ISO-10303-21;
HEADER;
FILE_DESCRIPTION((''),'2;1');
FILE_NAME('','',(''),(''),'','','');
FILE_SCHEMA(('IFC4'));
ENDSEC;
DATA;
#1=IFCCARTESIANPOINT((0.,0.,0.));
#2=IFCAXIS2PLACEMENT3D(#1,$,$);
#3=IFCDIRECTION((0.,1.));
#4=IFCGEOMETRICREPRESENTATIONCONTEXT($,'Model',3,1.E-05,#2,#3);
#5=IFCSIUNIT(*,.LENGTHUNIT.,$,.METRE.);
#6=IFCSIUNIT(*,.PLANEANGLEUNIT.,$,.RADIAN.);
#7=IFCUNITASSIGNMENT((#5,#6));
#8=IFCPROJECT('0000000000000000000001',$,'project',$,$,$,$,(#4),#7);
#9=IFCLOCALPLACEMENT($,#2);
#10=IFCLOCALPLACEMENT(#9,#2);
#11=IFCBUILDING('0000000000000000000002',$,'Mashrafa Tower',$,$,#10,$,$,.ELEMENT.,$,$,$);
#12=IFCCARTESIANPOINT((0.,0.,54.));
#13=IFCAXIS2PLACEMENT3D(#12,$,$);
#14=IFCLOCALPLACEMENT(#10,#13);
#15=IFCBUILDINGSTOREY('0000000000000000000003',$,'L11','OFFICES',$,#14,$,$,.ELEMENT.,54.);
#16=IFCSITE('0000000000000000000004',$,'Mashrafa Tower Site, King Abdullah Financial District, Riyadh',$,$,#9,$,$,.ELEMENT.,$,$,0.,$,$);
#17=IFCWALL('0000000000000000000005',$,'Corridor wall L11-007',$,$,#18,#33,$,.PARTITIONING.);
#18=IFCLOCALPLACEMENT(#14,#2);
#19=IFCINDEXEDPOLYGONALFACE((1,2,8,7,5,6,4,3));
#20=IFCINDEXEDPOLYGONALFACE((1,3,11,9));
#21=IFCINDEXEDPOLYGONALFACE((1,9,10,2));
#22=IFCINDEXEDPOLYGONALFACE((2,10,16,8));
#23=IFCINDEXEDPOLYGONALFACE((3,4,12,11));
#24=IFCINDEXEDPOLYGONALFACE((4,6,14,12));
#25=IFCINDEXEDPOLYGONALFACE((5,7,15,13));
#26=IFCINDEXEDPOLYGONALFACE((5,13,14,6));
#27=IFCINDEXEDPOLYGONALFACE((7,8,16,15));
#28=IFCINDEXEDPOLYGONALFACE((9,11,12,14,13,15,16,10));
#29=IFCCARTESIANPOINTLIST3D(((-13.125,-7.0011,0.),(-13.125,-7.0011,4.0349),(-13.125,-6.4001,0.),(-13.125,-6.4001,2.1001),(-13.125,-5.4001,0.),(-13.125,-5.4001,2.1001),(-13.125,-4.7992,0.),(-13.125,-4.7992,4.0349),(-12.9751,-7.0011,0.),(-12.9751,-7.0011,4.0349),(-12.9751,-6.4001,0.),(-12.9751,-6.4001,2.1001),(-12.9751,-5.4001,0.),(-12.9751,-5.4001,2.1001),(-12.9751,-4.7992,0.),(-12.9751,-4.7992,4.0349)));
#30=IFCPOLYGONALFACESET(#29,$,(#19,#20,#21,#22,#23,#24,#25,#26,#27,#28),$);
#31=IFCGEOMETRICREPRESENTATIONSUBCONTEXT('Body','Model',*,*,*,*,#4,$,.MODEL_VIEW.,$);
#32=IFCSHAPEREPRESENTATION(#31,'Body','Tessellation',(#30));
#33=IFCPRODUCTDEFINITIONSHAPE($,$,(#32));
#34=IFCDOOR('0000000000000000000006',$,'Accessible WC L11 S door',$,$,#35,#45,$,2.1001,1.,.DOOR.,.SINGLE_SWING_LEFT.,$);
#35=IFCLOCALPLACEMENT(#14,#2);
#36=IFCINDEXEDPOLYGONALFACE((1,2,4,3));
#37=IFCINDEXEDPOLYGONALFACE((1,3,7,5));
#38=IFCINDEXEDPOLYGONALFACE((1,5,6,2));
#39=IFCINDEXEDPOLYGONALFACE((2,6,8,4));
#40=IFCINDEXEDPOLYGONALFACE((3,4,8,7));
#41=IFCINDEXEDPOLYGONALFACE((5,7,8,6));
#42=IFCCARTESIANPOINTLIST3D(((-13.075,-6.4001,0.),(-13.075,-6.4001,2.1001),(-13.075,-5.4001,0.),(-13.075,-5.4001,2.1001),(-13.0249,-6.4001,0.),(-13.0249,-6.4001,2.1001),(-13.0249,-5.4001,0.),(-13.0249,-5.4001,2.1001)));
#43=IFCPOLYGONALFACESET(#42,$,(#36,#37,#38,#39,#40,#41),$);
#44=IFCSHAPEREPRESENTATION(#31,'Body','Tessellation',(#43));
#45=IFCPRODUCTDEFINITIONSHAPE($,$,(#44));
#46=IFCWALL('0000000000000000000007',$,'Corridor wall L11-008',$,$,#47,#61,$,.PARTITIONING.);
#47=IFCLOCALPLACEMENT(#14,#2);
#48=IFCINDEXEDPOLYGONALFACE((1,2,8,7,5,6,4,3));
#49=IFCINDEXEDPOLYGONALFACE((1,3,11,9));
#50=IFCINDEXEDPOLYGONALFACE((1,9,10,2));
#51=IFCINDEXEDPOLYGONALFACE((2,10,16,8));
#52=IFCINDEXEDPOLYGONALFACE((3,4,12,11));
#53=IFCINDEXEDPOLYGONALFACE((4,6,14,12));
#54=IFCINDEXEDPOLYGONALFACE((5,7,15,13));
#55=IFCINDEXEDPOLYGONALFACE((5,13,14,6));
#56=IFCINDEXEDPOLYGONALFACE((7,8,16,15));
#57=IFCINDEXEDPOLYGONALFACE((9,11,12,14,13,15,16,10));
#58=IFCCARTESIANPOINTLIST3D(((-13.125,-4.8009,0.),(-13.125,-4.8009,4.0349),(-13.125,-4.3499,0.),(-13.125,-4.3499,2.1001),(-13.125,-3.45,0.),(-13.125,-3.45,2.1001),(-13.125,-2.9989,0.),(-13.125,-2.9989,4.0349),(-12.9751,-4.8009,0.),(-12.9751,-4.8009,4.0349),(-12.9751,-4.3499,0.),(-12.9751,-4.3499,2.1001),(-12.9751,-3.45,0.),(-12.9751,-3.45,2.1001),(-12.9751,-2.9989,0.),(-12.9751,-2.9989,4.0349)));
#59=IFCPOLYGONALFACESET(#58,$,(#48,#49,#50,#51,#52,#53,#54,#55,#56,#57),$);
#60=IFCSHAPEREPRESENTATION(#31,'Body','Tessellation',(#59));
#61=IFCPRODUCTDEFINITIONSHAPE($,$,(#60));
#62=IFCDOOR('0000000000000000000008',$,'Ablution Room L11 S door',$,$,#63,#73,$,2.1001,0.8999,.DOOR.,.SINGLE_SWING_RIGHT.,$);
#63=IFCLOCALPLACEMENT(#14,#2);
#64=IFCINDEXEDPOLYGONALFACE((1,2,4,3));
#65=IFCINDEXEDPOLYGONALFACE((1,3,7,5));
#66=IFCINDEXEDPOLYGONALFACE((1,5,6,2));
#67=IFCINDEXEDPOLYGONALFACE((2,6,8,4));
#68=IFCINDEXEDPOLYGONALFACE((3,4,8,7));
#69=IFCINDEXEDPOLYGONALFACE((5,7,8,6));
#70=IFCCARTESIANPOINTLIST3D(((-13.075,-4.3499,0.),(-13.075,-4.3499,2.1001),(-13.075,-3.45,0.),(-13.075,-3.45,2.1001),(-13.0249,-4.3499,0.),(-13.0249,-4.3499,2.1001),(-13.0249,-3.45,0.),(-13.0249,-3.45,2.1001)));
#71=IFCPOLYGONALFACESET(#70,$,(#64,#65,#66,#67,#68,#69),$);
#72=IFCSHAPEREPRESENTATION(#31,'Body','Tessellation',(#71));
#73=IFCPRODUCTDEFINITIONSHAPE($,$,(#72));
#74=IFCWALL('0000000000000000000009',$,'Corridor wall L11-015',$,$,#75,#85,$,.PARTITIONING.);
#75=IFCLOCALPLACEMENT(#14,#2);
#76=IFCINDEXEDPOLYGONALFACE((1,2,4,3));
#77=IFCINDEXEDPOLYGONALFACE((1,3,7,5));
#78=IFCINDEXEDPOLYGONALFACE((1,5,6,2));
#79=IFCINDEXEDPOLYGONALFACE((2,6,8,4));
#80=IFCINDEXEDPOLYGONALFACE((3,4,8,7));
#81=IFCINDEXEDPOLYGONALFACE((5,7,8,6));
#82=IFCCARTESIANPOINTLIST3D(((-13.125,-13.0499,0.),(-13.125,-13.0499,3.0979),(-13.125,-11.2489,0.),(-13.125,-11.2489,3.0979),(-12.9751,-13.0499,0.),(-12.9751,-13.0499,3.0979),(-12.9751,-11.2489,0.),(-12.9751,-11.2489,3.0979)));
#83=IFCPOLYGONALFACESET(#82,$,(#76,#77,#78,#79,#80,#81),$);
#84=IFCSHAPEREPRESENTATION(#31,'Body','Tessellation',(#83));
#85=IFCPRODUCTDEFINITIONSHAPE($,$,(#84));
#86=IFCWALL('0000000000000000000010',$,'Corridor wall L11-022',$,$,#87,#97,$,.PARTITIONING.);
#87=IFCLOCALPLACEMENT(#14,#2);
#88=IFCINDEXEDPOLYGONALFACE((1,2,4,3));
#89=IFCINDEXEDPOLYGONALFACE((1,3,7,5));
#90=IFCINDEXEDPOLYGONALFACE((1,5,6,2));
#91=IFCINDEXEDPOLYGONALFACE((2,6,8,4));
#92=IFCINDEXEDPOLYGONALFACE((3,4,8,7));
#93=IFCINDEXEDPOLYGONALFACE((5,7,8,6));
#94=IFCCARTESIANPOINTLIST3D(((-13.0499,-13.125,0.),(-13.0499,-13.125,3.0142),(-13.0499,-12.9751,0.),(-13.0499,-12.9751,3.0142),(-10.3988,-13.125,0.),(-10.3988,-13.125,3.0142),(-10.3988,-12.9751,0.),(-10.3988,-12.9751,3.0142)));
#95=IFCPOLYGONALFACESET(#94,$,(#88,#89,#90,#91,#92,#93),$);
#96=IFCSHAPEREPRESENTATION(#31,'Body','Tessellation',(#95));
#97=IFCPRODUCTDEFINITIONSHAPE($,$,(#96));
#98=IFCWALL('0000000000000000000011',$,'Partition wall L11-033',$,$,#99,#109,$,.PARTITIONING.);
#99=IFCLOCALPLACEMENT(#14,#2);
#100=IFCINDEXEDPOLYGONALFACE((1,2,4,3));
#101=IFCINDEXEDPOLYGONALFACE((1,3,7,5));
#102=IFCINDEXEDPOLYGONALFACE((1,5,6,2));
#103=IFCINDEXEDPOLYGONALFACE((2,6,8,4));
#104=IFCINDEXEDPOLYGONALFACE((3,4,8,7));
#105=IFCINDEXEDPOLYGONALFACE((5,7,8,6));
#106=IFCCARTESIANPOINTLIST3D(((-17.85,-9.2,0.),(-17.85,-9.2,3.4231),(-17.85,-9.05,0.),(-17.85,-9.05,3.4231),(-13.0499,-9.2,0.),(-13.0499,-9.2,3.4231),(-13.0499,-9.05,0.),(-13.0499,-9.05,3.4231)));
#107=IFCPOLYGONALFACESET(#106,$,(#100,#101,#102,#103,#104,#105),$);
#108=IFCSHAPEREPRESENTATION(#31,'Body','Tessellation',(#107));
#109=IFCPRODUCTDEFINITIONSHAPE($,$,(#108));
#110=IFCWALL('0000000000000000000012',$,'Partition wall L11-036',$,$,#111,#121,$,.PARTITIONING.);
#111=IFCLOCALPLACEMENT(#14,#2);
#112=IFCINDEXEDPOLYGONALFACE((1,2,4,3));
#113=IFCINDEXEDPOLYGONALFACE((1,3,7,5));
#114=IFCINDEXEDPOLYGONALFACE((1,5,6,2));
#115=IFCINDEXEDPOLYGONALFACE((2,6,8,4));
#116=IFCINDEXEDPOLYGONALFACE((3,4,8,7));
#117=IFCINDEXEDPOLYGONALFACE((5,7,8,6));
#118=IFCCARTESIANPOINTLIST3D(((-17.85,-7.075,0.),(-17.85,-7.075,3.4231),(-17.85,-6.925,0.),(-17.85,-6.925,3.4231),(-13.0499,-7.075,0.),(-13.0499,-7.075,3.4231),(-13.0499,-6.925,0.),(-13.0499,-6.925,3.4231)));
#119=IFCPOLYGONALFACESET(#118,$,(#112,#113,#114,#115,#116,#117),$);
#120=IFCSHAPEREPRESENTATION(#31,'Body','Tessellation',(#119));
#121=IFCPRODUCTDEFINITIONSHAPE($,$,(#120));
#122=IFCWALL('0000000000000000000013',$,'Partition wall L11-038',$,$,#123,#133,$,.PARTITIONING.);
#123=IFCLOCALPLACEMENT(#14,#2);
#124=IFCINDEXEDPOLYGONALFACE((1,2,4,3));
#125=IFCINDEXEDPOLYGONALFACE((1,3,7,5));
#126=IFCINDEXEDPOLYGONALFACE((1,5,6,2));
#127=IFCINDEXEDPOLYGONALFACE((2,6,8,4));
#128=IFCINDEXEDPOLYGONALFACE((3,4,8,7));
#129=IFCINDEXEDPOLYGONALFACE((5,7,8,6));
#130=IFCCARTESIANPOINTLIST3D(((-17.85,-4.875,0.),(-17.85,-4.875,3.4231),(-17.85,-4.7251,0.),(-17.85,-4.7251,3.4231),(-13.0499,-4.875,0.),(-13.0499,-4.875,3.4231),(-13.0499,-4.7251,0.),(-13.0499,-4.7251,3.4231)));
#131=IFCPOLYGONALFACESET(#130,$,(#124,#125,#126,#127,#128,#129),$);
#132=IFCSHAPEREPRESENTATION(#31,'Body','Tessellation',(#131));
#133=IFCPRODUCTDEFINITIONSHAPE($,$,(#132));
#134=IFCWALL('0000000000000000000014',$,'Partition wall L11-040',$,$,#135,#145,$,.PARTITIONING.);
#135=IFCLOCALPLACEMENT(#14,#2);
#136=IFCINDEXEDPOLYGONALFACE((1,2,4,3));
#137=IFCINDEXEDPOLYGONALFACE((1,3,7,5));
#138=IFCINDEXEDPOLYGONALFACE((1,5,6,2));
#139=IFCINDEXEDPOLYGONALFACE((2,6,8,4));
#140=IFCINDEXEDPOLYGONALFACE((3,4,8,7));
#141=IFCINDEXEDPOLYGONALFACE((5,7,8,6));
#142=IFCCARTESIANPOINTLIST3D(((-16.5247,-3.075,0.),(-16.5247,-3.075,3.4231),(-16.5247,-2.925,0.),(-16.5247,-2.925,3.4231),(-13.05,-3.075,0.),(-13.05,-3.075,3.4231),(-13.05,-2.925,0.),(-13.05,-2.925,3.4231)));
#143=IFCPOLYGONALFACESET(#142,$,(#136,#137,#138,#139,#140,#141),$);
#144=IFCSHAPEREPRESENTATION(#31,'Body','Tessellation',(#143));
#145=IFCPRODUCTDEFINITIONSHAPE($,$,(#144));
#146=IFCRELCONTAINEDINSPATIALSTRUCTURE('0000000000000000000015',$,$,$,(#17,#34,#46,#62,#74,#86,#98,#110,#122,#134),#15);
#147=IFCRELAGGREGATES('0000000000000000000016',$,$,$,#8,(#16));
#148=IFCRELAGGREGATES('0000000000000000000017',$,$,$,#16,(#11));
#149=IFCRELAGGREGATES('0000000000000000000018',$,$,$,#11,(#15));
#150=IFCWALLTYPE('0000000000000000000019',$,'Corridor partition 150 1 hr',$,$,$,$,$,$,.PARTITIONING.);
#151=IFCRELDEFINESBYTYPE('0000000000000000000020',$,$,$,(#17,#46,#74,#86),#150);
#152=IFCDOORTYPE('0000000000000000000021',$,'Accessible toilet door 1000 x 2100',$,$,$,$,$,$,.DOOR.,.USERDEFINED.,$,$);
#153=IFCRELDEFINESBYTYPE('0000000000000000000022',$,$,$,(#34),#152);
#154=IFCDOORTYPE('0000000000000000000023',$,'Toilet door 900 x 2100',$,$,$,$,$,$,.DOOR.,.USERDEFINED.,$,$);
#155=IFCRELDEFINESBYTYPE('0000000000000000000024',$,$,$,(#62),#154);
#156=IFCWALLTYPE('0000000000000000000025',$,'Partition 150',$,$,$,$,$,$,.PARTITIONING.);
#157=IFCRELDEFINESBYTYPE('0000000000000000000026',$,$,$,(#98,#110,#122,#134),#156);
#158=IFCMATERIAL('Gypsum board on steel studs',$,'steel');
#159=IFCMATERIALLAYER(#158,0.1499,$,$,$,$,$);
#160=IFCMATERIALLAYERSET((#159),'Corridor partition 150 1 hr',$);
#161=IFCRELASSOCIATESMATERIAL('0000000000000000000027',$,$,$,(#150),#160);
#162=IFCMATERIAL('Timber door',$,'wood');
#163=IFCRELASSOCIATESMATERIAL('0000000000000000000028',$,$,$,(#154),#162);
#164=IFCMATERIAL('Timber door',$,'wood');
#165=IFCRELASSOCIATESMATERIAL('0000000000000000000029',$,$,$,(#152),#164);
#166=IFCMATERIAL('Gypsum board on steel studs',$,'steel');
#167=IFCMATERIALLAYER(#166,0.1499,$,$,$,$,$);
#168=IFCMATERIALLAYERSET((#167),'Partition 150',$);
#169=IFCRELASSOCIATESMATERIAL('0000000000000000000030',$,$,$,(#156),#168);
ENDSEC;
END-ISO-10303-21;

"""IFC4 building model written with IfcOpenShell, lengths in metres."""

from ifc_helpers import new_model, si_unit, direction, frame, frame_2d, origin, place, context, subcontext, project, spatial, rectangle, extrude, material, layer, layer_set, type_object, element, fill, save


model = new_model("IFC4")

# Units and contexts
model_context = context("Model", 3, precision=1e-05, world=origin(), true_north=direction((0.0, 1.0)))
body_context = subcontext(model_context, "Body", "Model", "MODEL_VIEW")
ifc_project = project(units=[si_unit("LENGTHUNIT", "METRE"), si_unit("PLANEANGLEUNIT", "RADIAN")], contexts=[model_context])

# Site, building, storey
site_placement = place(None, origin())
site = spatial("IfcSite", under=ifc_project, at=site_placement, Name="Mashrafa Tower Site, King Abdullah Financial District, Riyadh", CompositionType="ELEMENT", RefElevation=0.0)
building_placement = place(site_placement, origin())
building = spatial("IfcBuilding", under=site, at=building_placement, Name="Mashrafa Tower", CompositionType="ELEMENT")
storey_placement = place(building_placement, frame((0.0, 0.0, 54.0)))
storey = spatial("IfcBuildingStorey", under=building, at=storey_placement, Name="L11", Description="OFFICES", CompositionType="ELEMENT", Elevation=54.0)

# Walls, openings, doors
ifc_material_1 = material(Name="Gypsum board on steel studs", Category="steel")
ifc_layer_1 = layer(ifc_material_1, 0.1499)
ifc_layer_set_1 = layer_set([ifc_layer_1], Name="Corridor partition 150 1 hr")
wall_type_1 = type_object("IfcWallType", Name="Corridor partition 150 1 hr", PredefinedType="PARTITIONING", material=ifc_layer_set_1)
ifc_material_2 = material(Name="Timber door", Category="wood")
door_type_1 = type_object("IfcDoorType", Name="Toilet door 900 x 2100", OperationType="USERDEFINED", PredefinedType="DOOR", material=ifc_material_2)
wall_1_placement = place(storey_placement, frame((-13.05, -4.7991, 0.0), z_axis=(0.0, 0.0, 1.0), x_axis=(0.0, -1.0, 0.0)))
wall_1 = element("IfcWall", 1, at=wall_1_placement, inside=storey, type_object=wall_type_1, Name="Corridor wall L11-007", PredefinedType="PARTITIONING", context=body_context, shape_type="SweptSolid", body=[
    extrude(rectangle(XDim=2.2019, YDim=0.1499, at=frame_2d((1.1011, 0.0))), origin(), (0.0, 0.0, 1.0), 4.0349),
])
opening_1_placement = place(wall_1_placement, frame((0.6011, 0.0, 0.0)))
opening_1 = element("IfcOpeningElement", 2, at=opening_1_placement, cuts=wall_1, PredefinedType="OPENING", context=body_context, shape_type="SweptSolid", body=[
    extrude(rectangle(XDim=1.0, YDim=2.1001, at=frame_2d((0.5, 1.05))), frame((0.0, 0.085, 0.0), z_axis=(0.0, -1.0, 0.0), x_axis=(1.0, 0.0, 0.0)), (0.0, 0.0, 1.0), 0.1699),
])
ifc_material_3 = material(Name="Timber door", Category="wood")
door_type_2 = type_object("IfcDoorType", Name="Accessible toilet door 1000 x 2100", OperationType="USERDEFINED", PredefinedType="DOOR", material=ifc_material_3)
door_1_placement = place(opening_1_placement, frame((1.0, 0.0, 0.0), z_axis=(0.0, 0.0, 1.0), x_axis=(-1.0, 0.0, 0.0)))
door_1 = element("IfcDoor", 3, at=door_1_placement, inside=storey, type_object=door_type_2, Name="Accessible WC L11 S door", OperationType="SINGLE_SWING_LEFT", OverallHeight=2.1001, OverallWidth=1.0, PredefinedType="DOOR", context=body_context, shape_type="SweptSolid", body=[
    extrude(rectangle(XDim=1.0, YDim=2.1001, at=frame_2d((0.5, 1.05))), frame((0.0, 0.0249, 0.0), z_axis=(0.0, -1.0, 0.0), x_axis=(1.0, 0.0, 0.0)), (0.0, 0.0, 1.0), 0.05),
])
fill(opening_1, door_1)
wall_2_placement = place(storey_placement, frame((-13.05, -2.999, 0.0), z_axis=(0.0, 0.0, 1.0), x_axis=(0.0, -1.0, 0.0)))
wall_2 = element("IfcWall", 4, at=wall_2_placement, inside=storey, type_object=wall_type_1, Name="Corridor wall L11-008", PredefinedType="PARTITIONING", context=body_context, shape_type="SweptSolid", body=[
    extrude(rectangle(XDim=1.802, YDim=0.1499, at=frame_2d((0.9009, 0.0))), origin(), (0.0, 0.0, 1.0), 4.0349),
])
opening_2_placement = place(wall_2_placement, frame((0.4509, 0.0, 0.0)))
opening_2 = element("IfcOpeningElement", 5, at=opening_2_placement, cuts=wall_2, PredefinedType="OPENING", context=body_context, shape_type="SweptSolid", body=[
    extrude(rectangle(XDim=0.8999, YDim=2.1001, at=frame_2d((0.45, 1.05))), frame((0.0, 0.085, 0.0), z_axis=(0.0, -1.0, 0.0), x_axis=(1.0, 0.0, 0.0)), (0.0, 0.0, 1.0), 0.1699),
])
door_2_placement = place(opening_2_placement, frame((0.8999, 0.0, 0.0), z_axis=(0.0, 0.0, 1.0), x_axis=(-1.0, 0.0, 0.0)))
door_2 = element("IfcDoor", 6, at=door_2_placement, inside=storey, type_object=door_type_1, Name="Ablution Room L11 S door", OperationType="SINGLE_SWING_RIGHT", OverallHeight=2.1001, OverallWidth=0.8999, PredefinedType="DOOR", context=body_context, shape_type="SweptSolid", body=[
    extrude(rectangle(XDim=0.8999, YDim=2.1001, at=frame_2d((0.45, 1.05))), frame((0.0, 0.0249, 0.0), z_axis=(0.0, -1.0, 0.0), x_axis=(1.0, 0.0, 0.0)), (0.0, 0.0, 1.0), 0.05),
])
fill(opening_2, door_2)

# Walls
wall_3_placement = place(storey_placement, frame((-13.05, -11.249, 0.0), z_axis=(0.0, 0.0, 1.0), x_axis=(0.0, -1.0, 0.0)))
element("IfcWall", 7, at=wall_3_placement, inside=storey, type_object=wall_type_1, Name="Corridor wall L11-015", PredefinedType="PARTITIONING", context=body_context, shape_type="SweptSolid", body=[
    extrude(rectangle(XDim=1.801, YDim=0.1499, at=frame_2d((0.9004, 0.0))), origin(), (0.0, 0.0, 1.0), 3.0979),
])
wall_4_placement = place(storey_placement, frame((-13.05, -13.05, 0.0), z_axis=(0.0, 0.0, 1.0), x_axis=(1.0, 0.0, 0.0)))
element("IfcWall", 8, at=wall_4_placement, inside=storey, type_object=wall_type_1, Name="Corridor wall L11-022", PredefinedType="PARTITIONING", context=body_context, shape_type="SweptSolid", body=[
    extrude(rectangle(XDim=2.6511, YDim=0.1499, at=frame_2d((1.3257, 0.0))), origin(), (0.0, 0.0, 1.0), 3.0142),
])
ifc_material_4 = material(Name="Gypsum board on steel studs", Category="steel")
ifc_layer_2 = layer(ifc_material_4, 0.1499)
ifc_layer_set_2 = layer_set([ifc_layer_2], Name="Partition 150")
wall_type_2 = type_object("IfcWallType", Name="Partition 150", PredefinedType="PARTITIONING", material=ifc_layer_set_2)
for number, where, z_axis, x_axis, name in (
    (9, (-13.05, -9.125, 0.0), (0.0, 0.0, 1.0), (-1.0, 0.0, 0.0), "Partition wall L11-033"),
    (10, (-13.05, -7.0, 0.0), (0.0, 0.0, 1.0), (-1.0, 0.0, 0.0), "Partition wall L11-036"),
    (11, (-13.05, -4.8, 0.0), (0.0, 0.0, 1.0), (-1.0, 0.0, 0.0), "Partition wall L11-038"),
):
    element("IfcWall", number, at=place(storey_placement, frame(where, z_axis=z_axis, x_axis=x_axis)), inside=storey, type_object=wall_type_2, Name=name, PredefinedType="PARTITIONING", context=body_context, shape_type="SweptSolid", body=[
        extrude(rectangle(XDim=4.8, YDim=0.1499, at=frame_2d((2.3999, 0.0))), origin(), (0.0, 0.0, 1.0), 3.4231),
    ])
wall_5_placement = place(storey_placement, frame((-13.05, -3.0, 0.0), z_axis=(0.0, 0.0, 1.0), x_axis=(-1.0, 0.0, 0.0)))
element("IfcWall", 12, at=wall_5_placement, inside=storey, type_object=wall_type_2, Name="Partition wall L11-040", PredefinedType="PARTITIONING", context=body_context, shape_type="SweptSolid", body=[
    extrude(rectangle(XDim=3.4746, YDim=0.1499, at=frame_2d((1.7373, 0.0))), origin(), (0.0, 0.0, 1.0), 3.4231),
])

save(model, "model.ifc")
